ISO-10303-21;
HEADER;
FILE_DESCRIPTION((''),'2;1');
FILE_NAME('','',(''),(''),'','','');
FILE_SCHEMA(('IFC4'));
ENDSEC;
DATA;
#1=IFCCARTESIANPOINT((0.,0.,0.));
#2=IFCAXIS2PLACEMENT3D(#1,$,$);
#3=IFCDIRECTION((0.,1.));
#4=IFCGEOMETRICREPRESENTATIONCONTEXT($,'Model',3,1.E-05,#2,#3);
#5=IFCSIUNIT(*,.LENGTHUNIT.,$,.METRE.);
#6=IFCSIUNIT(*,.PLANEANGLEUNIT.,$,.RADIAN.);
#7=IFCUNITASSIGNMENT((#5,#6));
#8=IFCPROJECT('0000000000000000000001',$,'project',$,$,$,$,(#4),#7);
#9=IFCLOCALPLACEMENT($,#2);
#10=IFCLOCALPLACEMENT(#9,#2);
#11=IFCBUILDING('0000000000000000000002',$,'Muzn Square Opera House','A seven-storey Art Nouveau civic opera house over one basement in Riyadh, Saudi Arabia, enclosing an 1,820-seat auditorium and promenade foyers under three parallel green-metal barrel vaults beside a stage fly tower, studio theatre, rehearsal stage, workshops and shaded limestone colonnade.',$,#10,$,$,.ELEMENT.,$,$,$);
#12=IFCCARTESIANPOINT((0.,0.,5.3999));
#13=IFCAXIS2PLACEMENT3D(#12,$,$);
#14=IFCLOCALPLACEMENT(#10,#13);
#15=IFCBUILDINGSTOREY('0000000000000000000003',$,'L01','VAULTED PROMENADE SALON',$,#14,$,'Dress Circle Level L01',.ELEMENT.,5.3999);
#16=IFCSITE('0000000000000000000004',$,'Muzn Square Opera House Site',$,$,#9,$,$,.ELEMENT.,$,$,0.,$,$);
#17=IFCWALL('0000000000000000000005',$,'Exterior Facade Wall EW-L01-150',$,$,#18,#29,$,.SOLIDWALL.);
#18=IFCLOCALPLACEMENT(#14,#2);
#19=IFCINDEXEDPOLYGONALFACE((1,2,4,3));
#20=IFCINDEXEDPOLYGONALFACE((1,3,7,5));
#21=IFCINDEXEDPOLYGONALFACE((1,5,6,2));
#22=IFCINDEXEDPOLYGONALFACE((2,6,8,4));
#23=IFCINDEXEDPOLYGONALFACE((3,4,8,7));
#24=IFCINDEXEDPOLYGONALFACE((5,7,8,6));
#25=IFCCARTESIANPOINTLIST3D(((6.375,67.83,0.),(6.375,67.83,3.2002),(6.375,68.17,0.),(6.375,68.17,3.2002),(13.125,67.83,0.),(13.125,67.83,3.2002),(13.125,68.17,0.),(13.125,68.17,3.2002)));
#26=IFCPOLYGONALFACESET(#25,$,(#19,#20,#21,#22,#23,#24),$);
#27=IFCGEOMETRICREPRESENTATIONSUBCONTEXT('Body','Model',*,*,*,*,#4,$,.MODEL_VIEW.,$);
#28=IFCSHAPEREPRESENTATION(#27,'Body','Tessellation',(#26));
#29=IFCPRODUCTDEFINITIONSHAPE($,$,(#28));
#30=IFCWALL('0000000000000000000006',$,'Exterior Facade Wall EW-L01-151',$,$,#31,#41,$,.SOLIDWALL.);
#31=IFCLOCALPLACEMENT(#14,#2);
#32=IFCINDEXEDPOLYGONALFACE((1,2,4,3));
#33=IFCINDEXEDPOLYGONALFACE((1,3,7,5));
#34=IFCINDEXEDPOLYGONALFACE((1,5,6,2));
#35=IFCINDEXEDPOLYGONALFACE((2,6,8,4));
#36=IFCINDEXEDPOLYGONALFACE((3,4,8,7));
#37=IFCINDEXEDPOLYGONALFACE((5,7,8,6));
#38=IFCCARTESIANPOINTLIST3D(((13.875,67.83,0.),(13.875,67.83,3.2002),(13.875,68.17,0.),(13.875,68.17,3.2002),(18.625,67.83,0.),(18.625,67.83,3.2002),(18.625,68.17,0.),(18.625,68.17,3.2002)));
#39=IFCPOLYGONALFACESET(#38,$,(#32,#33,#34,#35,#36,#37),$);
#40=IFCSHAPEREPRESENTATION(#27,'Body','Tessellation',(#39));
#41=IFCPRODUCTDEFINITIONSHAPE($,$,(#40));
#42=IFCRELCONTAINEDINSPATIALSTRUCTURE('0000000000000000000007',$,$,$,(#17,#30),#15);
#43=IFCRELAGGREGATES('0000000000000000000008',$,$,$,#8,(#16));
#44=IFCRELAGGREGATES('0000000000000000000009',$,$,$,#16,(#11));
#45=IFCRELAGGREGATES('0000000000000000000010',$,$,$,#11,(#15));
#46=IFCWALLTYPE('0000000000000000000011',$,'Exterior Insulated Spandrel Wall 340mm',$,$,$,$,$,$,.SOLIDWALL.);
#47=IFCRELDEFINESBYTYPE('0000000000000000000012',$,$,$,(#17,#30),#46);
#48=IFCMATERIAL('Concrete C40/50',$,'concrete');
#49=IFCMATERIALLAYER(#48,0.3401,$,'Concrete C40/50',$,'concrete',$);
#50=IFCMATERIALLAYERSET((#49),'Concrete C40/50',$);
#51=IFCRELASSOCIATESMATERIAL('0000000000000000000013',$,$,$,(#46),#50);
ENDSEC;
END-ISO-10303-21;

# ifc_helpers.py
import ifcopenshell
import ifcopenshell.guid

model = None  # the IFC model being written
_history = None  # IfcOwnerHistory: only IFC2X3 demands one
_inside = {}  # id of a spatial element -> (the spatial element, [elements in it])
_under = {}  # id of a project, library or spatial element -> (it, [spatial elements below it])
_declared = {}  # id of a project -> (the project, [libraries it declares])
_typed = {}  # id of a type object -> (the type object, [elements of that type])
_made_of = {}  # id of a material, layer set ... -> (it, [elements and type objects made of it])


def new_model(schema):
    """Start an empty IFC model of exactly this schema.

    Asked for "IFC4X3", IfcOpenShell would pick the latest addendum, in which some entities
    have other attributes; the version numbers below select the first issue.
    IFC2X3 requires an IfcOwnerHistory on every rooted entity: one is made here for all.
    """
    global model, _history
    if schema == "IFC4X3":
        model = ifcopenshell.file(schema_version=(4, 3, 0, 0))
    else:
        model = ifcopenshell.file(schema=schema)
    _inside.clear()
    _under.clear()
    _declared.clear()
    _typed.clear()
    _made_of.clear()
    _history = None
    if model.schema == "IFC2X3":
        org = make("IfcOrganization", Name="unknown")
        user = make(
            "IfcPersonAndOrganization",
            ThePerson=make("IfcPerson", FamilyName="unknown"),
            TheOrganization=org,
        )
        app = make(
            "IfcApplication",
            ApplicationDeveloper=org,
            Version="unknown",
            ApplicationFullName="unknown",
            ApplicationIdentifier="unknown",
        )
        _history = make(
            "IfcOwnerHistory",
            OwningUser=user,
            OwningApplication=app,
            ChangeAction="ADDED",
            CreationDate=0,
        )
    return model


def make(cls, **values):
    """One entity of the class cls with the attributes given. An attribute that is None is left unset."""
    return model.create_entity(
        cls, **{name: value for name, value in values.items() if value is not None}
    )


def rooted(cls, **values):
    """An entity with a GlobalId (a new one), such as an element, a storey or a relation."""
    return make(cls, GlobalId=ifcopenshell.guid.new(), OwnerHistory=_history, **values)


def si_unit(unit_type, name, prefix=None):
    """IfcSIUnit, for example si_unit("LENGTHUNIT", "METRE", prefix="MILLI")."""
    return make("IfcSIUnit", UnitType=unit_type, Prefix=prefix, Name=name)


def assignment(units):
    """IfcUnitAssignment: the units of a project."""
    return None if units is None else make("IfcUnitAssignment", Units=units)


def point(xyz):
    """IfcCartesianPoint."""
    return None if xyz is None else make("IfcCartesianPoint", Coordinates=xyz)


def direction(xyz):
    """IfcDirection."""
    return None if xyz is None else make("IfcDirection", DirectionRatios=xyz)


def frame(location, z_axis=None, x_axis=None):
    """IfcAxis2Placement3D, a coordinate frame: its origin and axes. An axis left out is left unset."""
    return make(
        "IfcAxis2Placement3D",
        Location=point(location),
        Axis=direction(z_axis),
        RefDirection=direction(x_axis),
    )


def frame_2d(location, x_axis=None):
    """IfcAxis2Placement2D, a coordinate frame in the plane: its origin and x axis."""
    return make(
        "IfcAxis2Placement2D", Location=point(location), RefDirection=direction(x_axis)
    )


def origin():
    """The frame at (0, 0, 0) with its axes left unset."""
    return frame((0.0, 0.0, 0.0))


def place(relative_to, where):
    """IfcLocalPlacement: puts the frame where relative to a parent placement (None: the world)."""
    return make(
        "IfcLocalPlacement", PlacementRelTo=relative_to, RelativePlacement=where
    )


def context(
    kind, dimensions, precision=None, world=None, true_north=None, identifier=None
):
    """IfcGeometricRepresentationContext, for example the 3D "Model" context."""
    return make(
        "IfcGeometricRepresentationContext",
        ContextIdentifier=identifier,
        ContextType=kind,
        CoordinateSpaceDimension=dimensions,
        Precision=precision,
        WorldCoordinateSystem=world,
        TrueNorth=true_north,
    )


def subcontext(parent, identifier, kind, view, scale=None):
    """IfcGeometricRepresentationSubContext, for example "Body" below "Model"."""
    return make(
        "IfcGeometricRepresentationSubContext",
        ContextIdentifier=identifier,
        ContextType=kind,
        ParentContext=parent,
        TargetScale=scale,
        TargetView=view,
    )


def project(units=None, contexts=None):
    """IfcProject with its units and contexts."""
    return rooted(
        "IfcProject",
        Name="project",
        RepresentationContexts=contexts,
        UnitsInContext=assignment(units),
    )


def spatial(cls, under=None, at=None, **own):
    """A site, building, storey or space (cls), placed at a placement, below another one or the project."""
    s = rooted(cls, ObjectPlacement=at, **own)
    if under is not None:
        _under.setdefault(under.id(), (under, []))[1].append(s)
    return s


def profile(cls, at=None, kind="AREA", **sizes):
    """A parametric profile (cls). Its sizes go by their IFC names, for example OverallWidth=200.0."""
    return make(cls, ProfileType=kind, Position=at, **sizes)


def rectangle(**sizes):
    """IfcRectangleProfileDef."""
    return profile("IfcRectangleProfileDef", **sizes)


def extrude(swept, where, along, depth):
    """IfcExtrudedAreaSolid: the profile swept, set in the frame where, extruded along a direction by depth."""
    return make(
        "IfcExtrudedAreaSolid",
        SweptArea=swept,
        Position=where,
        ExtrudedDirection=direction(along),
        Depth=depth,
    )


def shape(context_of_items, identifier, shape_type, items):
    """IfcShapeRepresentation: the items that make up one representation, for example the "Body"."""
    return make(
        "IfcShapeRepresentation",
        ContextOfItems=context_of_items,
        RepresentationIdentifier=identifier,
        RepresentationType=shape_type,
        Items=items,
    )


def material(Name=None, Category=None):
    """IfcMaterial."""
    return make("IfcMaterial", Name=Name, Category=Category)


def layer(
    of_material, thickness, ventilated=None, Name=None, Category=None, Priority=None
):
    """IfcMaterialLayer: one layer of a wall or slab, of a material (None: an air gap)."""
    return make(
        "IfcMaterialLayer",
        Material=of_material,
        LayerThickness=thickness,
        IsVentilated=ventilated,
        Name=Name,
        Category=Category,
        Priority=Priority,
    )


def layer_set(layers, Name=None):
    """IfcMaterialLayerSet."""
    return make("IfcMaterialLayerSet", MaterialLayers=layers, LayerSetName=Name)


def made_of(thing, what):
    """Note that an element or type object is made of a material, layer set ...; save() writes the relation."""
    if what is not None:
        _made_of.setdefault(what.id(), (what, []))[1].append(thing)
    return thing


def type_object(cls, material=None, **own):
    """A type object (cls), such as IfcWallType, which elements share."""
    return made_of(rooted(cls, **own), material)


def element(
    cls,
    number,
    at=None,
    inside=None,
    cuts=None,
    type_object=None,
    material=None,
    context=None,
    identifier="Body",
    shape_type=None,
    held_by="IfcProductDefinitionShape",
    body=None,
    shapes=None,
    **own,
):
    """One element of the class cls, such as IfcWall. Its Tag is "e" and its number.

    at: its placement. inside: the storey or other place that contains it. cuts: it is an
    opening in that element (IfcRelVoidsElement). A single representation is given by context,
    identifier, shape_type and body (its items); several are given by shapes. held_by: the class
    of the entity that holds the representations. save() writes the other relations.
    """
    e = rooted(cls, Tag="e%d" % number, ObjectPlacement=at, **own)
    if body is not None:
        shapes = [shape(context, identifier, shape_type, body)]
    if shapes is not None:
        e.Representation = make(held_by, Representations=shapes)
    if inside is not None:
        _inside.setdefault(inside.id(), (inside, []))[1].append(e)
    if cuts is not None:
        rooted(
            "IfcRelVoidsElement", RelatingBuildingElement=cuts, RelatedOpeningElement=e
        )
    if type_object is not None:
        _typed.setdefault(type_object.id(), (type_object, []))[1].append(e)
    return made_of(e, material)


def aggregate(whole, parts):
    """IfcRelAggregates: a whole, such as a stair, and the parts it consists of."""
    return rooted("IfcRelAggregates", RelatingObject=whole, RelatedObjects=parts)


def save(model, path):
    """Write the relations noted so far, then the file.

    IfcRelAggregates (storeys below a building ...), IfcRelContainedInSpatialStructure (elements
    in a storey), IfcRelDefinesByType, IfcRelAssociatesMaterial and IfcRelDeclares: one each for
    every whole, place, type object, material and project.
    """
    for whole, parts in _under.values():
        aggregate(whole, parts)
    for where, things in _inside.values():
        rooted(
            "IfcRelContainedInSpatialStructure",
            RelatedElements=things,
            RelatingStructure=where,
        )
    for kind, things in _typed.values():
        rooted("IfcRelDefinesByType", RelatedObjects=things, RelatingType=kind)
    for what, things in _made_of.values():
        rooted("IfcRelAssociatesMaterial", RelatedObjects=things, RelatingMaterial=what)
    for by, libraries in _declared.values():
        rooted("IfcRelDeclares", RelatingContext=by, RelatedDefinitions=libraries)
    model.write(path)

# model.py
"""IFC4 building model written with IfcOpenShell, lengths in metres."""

from ifc_helpers import new_model, si_unit, direction, frame, frame_2d, origin, place, context, subcontext, project, spatial, rectangle, extrude, material, layer, layer_set, type_object, element, save


model = new_model("IFC4")

# Units and contexts
model_context = context("Model", 3, precision=1e-05, world=origin(), true_north=direction((0.0, 1.0)))
body_context = subcontext(model_context, "Body", "Model", "MODEL_VIEW")
ifc_project = project(units=[si_unit("LENGTHUNIT", "METRE"), si_unit("PLANEANGLEUNIT", "RADIAN")], contexts=[model_context])

# Site, building, storey
site_placement = place(None, origin())
site = spatial("IfcSite", under=ifc_project, at=site_placement, Name="Muzn Square Opera House Site", CompositionType="ELEMENT", RefElevation=0.0)
building_placement = place(site_placement, origin())
building = spatial("IfcBuilding", under=site, at=building_placement, Name="Muzn Square Opera House", Description="A seven-storey Art Nouveau civic opera house over one basement in Riyadh, Saudi Arabia, enclosing an 1,820-seat auditorium and promenade foyers under three parallel green-metal barrel vaults beside a stage fly tower, studio theatre, rehearsal stage, workshops and shaded limestone colonnade.", CompositionType="ELEMENT")
storey_placement = place(building_placement, frame((0.0, 0.0, 5.3999)))
storey = spatial("IfcBuildingStorey", under=building, at=storey_placement, Name="L01", Description="VAULTED PROMENADE SALON", LongName="Dress Circle Level L01", CompositionType="ELEMENT", Elevation=5.3999)

# Shared definitions
ifc_material_1 = material(Name="Concrete C40/50", Category="concrete")

# Walls
ifc_layer = layer(ifc_material_1, 0.3401, Name="Concrete C40/50", Category="concrete")
ifc_layer_set = layer_set([ifc_layer], Name="Concrete C40/50")
wall_type = type_object("IfcWallType", Name="Exterior Insulated Spandrel Wall 340mm", PredefinedType="SOLIDWALL", material=ifc_layer_set)
wall_1_placement = place(storey_placement, frame((6.375, 68.0, 0.0), z_axis=(0.0, 0.0, 1.0), x_axis=(1.0, 0.0, 0.0)))
element("IfcWall", 1, at=wall_1_placement, inside=storey, type_object=wall_type, Name="Exterior Facade Wall EW-L01-150", PredefinedType="SOLIDWALL", context=body_context, shape_type="SweptSolid", body=[
    extrude(rectangle(XDim=6.75, YDim=0.3401, at=frame_2d((3.375, 0.0))), origin(), (0.0, 0.0, 1.0), 3.2002),
])
wall_2_placement = place(storey_placement, frame((13.875, 68.0, 0.0), z_axis=(0.0, 0.0, 1.0), x_axis=(1.0, 0.0, 0.0)))
element("IfcWall", 2, at=wall_2_placement, inside=storey, type_object=wall_type, Name="Exterior Facade Wall EW-L01-151", PredefinedType="SOLIDWALL", context=body_context, shape_type="SweptSolid", body=[
    extrude(rectangle(XDim=4.75, YDim=0.3401, at=frame_2d((2.375, 0.0))), origin(), (0.0, 0.0, 1.0), 3.2002),
])

save(model, "model.ifc")
